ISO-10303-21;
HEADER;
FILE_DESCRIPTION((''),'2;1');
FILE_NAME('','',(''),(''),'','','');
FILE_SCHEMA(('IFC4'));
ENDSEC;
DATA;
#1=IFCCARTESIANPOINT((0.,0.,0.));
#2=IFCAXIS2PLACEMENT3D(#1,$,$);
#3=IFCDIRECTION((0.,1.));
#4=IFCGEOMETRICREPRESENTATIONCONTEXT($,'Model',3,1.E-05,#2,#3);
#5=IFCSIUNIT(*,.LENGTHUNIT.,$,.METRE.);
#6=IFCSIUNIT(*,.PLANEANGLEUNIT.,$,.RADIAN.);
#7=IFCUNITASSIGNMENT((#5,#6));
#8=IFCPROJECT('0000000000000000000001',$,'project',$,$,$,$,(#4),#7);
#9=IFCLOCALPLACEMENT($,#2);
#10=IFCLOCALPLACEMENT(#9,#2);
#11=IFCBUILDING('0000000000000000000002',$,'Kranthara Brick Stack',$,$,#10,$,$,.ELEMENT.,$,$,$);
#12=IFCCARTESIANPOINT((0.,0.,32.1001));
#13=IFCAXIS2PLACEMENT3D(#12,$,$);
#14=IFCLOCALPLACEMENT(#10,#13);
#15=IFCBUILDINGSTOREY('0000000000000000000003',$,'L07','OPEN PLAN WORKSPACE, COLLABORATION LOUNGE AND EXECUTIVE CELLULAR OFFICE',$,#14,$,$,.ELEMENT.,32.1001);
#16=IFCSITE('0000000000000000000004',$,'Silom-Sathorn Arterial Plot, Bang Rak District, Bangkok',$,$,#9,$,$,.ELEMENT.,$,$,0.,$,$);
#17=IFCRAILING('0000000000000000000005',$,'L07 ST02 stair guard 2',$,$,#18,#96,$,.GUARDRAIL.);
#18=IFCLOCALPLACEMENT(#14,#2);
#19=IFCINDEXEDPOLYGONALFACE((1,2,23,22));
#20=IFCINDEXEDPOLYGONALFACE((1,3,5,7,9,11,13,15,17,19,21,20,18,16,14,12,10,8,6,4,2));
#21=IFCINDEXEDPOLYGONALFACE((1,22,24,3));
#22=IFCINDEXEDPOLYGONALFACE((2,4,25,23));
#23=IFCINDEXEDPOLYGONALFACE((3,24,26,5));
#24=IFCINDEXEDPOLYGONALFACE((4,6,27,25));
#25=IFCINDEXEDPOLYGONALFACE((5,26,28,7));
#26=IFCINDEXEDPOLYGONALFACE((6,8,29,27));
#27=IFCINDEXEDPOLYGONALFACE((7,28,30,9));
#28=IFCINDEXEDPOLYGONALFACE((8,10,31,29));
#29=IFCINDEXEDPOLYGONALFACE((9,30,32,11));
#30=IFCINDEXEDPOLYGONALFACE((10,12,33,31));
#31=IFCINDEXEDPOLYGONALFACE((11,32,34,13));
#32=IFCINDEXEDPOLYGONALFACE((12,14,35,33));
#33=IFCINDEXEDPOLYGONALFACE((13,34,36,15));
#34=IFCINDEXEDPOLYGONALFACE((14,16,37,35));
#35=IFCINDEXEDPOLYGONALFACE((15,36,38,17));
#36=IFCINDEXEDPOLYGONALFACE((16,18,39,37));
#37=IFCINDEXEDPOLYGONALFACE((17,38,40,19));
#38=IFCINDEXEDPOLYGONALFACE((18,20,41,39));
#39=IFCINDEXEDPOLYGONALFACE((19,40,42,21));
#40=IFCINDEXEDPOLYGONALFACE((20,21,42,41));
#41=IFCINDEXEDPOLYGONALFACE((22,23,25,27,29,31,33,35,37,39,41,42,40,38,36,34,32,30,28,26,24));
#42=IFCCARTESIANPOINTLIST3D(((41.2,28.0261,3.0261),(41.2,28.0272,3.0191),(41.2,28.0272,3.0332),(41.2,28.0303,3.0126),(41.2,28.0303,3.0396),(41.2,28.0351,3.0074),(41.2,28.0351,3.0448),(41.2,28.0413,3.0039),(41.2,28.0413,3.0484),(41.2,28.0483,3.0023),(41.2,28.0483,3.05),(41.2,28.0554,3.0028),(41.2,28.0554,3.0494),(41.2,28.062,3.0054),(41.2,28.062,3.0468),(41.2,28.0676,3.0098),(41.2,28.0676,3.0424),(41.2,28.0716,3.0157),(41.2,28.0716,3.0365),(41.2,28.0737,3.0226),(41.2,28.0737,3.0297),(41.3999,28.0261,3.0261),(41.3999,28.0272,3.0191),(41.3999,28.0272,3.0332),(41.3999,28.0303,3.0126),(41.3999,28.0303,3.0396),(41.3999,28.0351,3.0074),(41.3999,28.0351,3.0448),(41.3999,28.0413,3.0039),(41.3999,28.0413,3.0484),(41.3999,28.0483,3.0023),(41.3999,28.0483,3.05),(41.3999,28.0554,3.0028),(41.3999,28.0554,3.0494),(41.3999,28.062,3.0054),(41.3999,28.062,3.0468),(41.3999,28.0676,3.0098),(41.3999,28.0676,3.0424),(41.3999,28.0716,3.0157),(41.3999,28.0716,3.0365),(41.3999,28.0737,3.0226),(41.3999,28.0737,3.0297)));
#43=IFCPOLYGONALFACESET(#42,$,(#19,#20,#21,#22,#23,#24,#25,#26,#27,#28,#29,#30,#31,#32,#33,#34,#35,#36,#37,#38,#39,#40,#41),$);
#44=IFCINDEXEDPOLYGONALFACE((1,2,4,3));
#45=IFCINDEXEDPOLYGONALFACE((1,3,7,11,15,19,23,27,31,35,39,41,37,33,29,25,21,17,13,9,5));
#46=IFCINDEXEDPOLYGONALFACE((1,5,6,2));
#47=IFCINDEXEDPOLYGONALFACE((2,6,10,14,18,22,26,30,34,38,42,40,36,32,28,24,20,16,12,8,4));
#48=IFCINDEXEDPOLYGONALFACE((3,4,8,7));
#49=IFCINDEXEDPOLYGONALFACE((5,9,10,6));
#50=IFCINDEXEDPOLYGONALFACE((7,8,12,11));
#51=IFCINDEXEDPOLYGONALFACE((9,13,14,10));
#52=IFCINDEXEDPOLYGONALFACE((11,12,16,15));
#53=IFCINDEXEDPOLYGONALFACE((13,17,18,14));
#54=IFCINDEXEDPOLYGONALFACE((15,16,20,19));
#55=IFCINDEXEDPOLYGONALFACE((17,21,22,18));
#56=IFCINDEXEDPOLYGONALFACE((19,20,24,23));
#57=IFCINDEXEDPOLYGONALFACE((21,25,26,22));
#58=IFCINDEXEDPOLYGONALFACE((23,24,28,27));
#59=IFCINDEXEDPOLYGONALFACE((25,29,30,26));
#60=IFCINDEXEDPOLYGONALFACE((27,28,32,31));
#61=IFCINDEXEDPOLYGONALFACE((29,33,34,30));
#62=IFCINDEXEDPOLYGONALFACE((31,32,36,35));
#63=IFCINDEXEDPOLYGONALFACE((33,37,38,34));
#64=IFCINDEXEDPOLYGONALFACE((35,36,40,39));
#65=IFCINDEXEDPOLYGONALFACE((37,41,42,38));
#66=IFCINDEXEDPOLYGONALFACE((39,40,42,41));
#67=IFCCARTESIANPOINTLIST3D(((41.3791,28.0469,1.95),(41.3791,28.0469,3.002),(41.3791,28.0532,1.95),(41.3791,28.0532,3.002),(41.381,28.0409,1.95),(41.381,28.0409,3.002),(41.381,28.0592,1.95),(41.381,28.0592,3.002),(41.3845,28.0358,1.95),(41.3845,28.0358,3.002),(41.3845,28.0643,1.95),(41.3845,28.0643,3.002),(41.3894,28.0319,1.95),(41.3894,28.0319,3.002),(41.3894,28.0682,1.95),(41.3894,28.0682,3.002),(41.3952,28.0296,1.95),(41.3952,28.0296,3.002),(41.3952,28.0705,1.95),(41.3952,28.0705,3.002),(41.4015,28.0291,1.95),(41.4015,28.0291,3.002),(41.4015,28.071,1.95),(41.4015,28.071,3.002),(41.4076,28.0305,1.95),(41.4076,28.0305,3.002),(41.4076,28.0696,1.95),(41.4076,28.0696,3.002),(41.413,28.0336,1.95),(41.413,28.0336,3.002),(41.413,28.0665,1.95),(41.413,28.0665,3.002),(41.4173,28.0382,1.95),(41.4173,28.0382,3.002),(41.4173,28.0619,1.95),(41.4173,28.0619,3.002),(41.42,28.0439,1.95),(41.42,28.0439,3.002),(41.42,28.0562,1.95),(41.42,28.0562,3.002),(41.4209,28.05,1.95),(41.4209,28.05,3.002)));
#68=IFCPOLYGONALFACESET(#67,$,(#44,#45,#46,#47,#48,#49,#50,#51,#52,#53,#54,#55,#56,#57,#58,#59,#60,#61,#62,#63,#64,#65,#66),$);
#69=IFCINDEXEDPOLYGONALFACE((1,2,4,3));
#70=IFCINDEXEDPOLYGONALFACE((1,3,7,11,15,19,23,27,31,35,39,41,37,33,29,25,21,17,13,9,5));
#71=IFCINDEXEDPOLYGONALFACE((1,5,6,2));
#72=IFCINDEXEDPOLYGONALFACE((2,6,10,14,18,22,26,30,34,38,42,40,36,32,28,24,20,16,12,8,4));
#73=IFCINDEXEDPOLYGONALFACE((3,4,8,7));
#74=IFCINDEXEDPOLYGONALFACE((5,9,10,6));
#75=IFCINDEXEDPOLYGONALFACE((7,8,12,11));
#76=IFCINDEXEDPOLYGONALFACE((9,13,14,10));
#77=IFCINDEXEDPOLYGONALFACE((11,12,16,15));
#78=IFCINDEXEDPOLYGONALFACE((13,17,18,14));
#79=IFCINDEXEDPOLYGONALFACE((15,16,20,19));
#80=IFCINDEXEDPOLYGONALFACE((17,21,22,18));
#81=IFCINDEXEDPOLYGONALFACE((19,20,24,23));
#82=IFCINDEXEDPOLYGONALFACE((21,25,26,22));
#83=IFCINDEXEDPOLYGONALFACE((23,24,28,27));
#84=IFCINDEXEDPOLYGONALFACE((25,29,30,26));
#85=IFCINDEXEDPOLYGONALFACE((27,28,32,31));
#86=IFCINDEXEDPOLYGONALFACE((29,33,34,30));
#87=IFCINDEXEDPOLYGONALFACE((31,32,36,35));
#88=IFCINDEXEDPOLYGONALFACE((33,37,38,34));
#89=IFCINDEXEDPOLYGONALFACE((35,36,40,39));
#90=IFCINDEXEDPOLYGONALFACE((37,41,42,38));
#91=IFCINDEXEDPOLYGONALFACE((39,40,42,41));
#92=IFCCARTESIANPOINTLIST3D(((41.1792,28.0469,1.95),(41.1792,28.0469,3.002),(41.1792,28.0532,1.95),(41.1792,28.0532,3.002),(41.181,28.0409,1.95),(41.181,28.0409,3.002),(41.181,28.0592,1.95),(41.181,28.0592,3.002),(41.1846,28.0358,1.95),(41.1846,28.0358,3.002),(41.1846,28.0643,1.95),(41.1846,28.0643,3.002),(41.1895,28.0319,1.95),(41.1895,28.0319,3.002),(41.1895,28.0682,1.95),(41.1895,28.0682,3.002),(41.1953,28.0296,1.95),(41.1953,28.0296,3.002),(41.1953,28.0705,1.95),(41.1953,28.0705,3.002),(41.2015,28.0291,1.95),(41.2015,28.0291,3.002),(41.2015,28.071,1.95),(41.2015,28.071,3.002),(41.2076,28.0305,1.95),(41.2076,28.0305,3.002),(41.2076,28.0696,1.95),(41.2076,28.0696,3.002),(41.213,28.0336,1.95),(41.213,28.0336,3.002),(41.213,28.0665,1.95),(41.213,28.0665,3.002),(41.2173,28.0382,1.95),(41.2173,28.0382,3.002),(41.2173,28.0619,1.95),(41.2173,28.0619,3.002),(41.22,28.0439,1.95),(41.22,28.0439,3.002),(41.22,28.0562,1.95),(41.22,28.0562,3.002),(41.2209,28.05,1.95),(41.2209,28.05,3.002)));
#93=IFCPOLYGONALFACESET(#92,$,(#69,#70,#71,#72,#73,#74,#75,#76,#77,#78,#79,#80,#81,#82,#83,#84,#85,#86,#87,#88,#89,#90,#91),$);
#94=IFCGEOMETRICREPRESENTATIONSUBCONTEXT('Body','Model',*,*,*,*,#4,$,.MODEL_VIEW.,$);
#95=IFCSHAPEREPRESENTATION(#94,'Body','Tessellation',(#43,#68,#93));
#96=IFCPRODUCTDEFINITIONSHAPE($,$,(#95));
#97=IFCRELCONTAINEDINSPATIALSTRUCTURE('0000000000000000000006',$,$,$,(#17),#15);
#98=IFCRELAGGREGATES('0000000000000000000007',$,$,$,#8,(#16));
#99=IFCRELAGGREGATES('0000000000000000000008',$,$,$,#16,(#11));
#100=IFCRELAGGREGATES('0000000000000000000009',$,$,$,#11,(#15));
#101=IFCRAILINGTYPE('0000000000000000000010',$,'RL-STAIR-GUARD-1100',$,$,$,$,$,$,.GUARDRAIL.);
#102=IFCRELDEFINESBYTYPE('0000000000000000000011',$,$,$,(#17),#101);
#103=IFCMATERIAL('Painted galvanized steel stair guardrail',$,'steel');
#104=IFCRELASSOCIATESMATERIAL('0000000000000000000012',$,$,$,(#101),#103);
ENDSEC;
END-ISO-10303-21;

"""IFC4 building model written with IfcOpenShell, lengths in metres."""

from ifc_helpers import new_model, si_unit, direction, frame, origin, origin_2d, place, context, subcontext, project, spatial, circle, extrude, material, type_object, element, save


model = new_model("IFC4")

# Units and contexts
model_context = context("Model", 3, precision=1e-05, world=origin(), true_north=direction((0.0, 1.0)))
body_context = subcontext(model_context, "Body", "Model", "MODEL_VIEW")
ifc_project = project(units=[si_unit("LENGTHUNIT", "METRE"), si_unit("PLANEANGLEUNIT", "RADIAN")], contexts=[model_context])

# Site, building, storey
site_placement = place(None, origin())
site = spatial("IfcSite", under=ifc_project, at=site_placement, Name="Silom-Sathorn Arterial Plot, Bang Rak District, Bangkok", CompositionType="ELEMENT", RefElevation=0.0)
building_placement = place(site_placement, origin())
building = spatial("IfcBuilding", under=site, at=building_placement, Name="Kranthara Brick Stack", CompositionType="ELEMENT")
storey_placement = place(building_placement, frame((0.0, 0.0, 32.1001)))
storey = spatial("IfcBuildingStorey", under=building, at=storey_placement, Name="L07", Description="OPEN PLAN WORKSPACE, COLLABORATION LOUNGE AND EXECUTIVE CELLULAR OFFICE", CompositionType="ELEMENT", Elevation=32.1001)

# Railing
ifc_material_1 = material(Name="Painted galvanized steel stair guardrail", Category="steel")
railing_type_1 = type_object("IfcRailingType", Name="RL-STAIR-GUARD-1100", PredefinedType="GUARDRAIL", material=ifc_material_1)
railing_1_placement = place(storey_placement, frame((41.3999, 28.05, 1.95)))
element("IfcRailing", 1, at=railing_1_placement, inside=storey, type_object=railing_type_1, Name="L07 ST02 stair guard 2", PredefinedType="GUARDRAIL", context=body_context, shape_type="SweptSolid", body=[
    extrude(circle(Radius=0.0239, at=origin_2d()), frame((0.0, 0.0, 1.0762), z_axis=(-1.0, 0.0, 0.0), x_axis=(0.0, -1.0, 0.0)), (0.0, 0.0, 1.0), 0.2),
    extrude(circle(Radius=0.021, at=origin_2d()), origin(), (0.0, 0.0, 1.0), 1.052),
    extrude(circle(Radius=0.021, at=origin_2d()), frame((-0.2, 0.0, 0.0)), (0.0, 0.0, 1.0), 1.052),
])

save(model, "model.ifc")
